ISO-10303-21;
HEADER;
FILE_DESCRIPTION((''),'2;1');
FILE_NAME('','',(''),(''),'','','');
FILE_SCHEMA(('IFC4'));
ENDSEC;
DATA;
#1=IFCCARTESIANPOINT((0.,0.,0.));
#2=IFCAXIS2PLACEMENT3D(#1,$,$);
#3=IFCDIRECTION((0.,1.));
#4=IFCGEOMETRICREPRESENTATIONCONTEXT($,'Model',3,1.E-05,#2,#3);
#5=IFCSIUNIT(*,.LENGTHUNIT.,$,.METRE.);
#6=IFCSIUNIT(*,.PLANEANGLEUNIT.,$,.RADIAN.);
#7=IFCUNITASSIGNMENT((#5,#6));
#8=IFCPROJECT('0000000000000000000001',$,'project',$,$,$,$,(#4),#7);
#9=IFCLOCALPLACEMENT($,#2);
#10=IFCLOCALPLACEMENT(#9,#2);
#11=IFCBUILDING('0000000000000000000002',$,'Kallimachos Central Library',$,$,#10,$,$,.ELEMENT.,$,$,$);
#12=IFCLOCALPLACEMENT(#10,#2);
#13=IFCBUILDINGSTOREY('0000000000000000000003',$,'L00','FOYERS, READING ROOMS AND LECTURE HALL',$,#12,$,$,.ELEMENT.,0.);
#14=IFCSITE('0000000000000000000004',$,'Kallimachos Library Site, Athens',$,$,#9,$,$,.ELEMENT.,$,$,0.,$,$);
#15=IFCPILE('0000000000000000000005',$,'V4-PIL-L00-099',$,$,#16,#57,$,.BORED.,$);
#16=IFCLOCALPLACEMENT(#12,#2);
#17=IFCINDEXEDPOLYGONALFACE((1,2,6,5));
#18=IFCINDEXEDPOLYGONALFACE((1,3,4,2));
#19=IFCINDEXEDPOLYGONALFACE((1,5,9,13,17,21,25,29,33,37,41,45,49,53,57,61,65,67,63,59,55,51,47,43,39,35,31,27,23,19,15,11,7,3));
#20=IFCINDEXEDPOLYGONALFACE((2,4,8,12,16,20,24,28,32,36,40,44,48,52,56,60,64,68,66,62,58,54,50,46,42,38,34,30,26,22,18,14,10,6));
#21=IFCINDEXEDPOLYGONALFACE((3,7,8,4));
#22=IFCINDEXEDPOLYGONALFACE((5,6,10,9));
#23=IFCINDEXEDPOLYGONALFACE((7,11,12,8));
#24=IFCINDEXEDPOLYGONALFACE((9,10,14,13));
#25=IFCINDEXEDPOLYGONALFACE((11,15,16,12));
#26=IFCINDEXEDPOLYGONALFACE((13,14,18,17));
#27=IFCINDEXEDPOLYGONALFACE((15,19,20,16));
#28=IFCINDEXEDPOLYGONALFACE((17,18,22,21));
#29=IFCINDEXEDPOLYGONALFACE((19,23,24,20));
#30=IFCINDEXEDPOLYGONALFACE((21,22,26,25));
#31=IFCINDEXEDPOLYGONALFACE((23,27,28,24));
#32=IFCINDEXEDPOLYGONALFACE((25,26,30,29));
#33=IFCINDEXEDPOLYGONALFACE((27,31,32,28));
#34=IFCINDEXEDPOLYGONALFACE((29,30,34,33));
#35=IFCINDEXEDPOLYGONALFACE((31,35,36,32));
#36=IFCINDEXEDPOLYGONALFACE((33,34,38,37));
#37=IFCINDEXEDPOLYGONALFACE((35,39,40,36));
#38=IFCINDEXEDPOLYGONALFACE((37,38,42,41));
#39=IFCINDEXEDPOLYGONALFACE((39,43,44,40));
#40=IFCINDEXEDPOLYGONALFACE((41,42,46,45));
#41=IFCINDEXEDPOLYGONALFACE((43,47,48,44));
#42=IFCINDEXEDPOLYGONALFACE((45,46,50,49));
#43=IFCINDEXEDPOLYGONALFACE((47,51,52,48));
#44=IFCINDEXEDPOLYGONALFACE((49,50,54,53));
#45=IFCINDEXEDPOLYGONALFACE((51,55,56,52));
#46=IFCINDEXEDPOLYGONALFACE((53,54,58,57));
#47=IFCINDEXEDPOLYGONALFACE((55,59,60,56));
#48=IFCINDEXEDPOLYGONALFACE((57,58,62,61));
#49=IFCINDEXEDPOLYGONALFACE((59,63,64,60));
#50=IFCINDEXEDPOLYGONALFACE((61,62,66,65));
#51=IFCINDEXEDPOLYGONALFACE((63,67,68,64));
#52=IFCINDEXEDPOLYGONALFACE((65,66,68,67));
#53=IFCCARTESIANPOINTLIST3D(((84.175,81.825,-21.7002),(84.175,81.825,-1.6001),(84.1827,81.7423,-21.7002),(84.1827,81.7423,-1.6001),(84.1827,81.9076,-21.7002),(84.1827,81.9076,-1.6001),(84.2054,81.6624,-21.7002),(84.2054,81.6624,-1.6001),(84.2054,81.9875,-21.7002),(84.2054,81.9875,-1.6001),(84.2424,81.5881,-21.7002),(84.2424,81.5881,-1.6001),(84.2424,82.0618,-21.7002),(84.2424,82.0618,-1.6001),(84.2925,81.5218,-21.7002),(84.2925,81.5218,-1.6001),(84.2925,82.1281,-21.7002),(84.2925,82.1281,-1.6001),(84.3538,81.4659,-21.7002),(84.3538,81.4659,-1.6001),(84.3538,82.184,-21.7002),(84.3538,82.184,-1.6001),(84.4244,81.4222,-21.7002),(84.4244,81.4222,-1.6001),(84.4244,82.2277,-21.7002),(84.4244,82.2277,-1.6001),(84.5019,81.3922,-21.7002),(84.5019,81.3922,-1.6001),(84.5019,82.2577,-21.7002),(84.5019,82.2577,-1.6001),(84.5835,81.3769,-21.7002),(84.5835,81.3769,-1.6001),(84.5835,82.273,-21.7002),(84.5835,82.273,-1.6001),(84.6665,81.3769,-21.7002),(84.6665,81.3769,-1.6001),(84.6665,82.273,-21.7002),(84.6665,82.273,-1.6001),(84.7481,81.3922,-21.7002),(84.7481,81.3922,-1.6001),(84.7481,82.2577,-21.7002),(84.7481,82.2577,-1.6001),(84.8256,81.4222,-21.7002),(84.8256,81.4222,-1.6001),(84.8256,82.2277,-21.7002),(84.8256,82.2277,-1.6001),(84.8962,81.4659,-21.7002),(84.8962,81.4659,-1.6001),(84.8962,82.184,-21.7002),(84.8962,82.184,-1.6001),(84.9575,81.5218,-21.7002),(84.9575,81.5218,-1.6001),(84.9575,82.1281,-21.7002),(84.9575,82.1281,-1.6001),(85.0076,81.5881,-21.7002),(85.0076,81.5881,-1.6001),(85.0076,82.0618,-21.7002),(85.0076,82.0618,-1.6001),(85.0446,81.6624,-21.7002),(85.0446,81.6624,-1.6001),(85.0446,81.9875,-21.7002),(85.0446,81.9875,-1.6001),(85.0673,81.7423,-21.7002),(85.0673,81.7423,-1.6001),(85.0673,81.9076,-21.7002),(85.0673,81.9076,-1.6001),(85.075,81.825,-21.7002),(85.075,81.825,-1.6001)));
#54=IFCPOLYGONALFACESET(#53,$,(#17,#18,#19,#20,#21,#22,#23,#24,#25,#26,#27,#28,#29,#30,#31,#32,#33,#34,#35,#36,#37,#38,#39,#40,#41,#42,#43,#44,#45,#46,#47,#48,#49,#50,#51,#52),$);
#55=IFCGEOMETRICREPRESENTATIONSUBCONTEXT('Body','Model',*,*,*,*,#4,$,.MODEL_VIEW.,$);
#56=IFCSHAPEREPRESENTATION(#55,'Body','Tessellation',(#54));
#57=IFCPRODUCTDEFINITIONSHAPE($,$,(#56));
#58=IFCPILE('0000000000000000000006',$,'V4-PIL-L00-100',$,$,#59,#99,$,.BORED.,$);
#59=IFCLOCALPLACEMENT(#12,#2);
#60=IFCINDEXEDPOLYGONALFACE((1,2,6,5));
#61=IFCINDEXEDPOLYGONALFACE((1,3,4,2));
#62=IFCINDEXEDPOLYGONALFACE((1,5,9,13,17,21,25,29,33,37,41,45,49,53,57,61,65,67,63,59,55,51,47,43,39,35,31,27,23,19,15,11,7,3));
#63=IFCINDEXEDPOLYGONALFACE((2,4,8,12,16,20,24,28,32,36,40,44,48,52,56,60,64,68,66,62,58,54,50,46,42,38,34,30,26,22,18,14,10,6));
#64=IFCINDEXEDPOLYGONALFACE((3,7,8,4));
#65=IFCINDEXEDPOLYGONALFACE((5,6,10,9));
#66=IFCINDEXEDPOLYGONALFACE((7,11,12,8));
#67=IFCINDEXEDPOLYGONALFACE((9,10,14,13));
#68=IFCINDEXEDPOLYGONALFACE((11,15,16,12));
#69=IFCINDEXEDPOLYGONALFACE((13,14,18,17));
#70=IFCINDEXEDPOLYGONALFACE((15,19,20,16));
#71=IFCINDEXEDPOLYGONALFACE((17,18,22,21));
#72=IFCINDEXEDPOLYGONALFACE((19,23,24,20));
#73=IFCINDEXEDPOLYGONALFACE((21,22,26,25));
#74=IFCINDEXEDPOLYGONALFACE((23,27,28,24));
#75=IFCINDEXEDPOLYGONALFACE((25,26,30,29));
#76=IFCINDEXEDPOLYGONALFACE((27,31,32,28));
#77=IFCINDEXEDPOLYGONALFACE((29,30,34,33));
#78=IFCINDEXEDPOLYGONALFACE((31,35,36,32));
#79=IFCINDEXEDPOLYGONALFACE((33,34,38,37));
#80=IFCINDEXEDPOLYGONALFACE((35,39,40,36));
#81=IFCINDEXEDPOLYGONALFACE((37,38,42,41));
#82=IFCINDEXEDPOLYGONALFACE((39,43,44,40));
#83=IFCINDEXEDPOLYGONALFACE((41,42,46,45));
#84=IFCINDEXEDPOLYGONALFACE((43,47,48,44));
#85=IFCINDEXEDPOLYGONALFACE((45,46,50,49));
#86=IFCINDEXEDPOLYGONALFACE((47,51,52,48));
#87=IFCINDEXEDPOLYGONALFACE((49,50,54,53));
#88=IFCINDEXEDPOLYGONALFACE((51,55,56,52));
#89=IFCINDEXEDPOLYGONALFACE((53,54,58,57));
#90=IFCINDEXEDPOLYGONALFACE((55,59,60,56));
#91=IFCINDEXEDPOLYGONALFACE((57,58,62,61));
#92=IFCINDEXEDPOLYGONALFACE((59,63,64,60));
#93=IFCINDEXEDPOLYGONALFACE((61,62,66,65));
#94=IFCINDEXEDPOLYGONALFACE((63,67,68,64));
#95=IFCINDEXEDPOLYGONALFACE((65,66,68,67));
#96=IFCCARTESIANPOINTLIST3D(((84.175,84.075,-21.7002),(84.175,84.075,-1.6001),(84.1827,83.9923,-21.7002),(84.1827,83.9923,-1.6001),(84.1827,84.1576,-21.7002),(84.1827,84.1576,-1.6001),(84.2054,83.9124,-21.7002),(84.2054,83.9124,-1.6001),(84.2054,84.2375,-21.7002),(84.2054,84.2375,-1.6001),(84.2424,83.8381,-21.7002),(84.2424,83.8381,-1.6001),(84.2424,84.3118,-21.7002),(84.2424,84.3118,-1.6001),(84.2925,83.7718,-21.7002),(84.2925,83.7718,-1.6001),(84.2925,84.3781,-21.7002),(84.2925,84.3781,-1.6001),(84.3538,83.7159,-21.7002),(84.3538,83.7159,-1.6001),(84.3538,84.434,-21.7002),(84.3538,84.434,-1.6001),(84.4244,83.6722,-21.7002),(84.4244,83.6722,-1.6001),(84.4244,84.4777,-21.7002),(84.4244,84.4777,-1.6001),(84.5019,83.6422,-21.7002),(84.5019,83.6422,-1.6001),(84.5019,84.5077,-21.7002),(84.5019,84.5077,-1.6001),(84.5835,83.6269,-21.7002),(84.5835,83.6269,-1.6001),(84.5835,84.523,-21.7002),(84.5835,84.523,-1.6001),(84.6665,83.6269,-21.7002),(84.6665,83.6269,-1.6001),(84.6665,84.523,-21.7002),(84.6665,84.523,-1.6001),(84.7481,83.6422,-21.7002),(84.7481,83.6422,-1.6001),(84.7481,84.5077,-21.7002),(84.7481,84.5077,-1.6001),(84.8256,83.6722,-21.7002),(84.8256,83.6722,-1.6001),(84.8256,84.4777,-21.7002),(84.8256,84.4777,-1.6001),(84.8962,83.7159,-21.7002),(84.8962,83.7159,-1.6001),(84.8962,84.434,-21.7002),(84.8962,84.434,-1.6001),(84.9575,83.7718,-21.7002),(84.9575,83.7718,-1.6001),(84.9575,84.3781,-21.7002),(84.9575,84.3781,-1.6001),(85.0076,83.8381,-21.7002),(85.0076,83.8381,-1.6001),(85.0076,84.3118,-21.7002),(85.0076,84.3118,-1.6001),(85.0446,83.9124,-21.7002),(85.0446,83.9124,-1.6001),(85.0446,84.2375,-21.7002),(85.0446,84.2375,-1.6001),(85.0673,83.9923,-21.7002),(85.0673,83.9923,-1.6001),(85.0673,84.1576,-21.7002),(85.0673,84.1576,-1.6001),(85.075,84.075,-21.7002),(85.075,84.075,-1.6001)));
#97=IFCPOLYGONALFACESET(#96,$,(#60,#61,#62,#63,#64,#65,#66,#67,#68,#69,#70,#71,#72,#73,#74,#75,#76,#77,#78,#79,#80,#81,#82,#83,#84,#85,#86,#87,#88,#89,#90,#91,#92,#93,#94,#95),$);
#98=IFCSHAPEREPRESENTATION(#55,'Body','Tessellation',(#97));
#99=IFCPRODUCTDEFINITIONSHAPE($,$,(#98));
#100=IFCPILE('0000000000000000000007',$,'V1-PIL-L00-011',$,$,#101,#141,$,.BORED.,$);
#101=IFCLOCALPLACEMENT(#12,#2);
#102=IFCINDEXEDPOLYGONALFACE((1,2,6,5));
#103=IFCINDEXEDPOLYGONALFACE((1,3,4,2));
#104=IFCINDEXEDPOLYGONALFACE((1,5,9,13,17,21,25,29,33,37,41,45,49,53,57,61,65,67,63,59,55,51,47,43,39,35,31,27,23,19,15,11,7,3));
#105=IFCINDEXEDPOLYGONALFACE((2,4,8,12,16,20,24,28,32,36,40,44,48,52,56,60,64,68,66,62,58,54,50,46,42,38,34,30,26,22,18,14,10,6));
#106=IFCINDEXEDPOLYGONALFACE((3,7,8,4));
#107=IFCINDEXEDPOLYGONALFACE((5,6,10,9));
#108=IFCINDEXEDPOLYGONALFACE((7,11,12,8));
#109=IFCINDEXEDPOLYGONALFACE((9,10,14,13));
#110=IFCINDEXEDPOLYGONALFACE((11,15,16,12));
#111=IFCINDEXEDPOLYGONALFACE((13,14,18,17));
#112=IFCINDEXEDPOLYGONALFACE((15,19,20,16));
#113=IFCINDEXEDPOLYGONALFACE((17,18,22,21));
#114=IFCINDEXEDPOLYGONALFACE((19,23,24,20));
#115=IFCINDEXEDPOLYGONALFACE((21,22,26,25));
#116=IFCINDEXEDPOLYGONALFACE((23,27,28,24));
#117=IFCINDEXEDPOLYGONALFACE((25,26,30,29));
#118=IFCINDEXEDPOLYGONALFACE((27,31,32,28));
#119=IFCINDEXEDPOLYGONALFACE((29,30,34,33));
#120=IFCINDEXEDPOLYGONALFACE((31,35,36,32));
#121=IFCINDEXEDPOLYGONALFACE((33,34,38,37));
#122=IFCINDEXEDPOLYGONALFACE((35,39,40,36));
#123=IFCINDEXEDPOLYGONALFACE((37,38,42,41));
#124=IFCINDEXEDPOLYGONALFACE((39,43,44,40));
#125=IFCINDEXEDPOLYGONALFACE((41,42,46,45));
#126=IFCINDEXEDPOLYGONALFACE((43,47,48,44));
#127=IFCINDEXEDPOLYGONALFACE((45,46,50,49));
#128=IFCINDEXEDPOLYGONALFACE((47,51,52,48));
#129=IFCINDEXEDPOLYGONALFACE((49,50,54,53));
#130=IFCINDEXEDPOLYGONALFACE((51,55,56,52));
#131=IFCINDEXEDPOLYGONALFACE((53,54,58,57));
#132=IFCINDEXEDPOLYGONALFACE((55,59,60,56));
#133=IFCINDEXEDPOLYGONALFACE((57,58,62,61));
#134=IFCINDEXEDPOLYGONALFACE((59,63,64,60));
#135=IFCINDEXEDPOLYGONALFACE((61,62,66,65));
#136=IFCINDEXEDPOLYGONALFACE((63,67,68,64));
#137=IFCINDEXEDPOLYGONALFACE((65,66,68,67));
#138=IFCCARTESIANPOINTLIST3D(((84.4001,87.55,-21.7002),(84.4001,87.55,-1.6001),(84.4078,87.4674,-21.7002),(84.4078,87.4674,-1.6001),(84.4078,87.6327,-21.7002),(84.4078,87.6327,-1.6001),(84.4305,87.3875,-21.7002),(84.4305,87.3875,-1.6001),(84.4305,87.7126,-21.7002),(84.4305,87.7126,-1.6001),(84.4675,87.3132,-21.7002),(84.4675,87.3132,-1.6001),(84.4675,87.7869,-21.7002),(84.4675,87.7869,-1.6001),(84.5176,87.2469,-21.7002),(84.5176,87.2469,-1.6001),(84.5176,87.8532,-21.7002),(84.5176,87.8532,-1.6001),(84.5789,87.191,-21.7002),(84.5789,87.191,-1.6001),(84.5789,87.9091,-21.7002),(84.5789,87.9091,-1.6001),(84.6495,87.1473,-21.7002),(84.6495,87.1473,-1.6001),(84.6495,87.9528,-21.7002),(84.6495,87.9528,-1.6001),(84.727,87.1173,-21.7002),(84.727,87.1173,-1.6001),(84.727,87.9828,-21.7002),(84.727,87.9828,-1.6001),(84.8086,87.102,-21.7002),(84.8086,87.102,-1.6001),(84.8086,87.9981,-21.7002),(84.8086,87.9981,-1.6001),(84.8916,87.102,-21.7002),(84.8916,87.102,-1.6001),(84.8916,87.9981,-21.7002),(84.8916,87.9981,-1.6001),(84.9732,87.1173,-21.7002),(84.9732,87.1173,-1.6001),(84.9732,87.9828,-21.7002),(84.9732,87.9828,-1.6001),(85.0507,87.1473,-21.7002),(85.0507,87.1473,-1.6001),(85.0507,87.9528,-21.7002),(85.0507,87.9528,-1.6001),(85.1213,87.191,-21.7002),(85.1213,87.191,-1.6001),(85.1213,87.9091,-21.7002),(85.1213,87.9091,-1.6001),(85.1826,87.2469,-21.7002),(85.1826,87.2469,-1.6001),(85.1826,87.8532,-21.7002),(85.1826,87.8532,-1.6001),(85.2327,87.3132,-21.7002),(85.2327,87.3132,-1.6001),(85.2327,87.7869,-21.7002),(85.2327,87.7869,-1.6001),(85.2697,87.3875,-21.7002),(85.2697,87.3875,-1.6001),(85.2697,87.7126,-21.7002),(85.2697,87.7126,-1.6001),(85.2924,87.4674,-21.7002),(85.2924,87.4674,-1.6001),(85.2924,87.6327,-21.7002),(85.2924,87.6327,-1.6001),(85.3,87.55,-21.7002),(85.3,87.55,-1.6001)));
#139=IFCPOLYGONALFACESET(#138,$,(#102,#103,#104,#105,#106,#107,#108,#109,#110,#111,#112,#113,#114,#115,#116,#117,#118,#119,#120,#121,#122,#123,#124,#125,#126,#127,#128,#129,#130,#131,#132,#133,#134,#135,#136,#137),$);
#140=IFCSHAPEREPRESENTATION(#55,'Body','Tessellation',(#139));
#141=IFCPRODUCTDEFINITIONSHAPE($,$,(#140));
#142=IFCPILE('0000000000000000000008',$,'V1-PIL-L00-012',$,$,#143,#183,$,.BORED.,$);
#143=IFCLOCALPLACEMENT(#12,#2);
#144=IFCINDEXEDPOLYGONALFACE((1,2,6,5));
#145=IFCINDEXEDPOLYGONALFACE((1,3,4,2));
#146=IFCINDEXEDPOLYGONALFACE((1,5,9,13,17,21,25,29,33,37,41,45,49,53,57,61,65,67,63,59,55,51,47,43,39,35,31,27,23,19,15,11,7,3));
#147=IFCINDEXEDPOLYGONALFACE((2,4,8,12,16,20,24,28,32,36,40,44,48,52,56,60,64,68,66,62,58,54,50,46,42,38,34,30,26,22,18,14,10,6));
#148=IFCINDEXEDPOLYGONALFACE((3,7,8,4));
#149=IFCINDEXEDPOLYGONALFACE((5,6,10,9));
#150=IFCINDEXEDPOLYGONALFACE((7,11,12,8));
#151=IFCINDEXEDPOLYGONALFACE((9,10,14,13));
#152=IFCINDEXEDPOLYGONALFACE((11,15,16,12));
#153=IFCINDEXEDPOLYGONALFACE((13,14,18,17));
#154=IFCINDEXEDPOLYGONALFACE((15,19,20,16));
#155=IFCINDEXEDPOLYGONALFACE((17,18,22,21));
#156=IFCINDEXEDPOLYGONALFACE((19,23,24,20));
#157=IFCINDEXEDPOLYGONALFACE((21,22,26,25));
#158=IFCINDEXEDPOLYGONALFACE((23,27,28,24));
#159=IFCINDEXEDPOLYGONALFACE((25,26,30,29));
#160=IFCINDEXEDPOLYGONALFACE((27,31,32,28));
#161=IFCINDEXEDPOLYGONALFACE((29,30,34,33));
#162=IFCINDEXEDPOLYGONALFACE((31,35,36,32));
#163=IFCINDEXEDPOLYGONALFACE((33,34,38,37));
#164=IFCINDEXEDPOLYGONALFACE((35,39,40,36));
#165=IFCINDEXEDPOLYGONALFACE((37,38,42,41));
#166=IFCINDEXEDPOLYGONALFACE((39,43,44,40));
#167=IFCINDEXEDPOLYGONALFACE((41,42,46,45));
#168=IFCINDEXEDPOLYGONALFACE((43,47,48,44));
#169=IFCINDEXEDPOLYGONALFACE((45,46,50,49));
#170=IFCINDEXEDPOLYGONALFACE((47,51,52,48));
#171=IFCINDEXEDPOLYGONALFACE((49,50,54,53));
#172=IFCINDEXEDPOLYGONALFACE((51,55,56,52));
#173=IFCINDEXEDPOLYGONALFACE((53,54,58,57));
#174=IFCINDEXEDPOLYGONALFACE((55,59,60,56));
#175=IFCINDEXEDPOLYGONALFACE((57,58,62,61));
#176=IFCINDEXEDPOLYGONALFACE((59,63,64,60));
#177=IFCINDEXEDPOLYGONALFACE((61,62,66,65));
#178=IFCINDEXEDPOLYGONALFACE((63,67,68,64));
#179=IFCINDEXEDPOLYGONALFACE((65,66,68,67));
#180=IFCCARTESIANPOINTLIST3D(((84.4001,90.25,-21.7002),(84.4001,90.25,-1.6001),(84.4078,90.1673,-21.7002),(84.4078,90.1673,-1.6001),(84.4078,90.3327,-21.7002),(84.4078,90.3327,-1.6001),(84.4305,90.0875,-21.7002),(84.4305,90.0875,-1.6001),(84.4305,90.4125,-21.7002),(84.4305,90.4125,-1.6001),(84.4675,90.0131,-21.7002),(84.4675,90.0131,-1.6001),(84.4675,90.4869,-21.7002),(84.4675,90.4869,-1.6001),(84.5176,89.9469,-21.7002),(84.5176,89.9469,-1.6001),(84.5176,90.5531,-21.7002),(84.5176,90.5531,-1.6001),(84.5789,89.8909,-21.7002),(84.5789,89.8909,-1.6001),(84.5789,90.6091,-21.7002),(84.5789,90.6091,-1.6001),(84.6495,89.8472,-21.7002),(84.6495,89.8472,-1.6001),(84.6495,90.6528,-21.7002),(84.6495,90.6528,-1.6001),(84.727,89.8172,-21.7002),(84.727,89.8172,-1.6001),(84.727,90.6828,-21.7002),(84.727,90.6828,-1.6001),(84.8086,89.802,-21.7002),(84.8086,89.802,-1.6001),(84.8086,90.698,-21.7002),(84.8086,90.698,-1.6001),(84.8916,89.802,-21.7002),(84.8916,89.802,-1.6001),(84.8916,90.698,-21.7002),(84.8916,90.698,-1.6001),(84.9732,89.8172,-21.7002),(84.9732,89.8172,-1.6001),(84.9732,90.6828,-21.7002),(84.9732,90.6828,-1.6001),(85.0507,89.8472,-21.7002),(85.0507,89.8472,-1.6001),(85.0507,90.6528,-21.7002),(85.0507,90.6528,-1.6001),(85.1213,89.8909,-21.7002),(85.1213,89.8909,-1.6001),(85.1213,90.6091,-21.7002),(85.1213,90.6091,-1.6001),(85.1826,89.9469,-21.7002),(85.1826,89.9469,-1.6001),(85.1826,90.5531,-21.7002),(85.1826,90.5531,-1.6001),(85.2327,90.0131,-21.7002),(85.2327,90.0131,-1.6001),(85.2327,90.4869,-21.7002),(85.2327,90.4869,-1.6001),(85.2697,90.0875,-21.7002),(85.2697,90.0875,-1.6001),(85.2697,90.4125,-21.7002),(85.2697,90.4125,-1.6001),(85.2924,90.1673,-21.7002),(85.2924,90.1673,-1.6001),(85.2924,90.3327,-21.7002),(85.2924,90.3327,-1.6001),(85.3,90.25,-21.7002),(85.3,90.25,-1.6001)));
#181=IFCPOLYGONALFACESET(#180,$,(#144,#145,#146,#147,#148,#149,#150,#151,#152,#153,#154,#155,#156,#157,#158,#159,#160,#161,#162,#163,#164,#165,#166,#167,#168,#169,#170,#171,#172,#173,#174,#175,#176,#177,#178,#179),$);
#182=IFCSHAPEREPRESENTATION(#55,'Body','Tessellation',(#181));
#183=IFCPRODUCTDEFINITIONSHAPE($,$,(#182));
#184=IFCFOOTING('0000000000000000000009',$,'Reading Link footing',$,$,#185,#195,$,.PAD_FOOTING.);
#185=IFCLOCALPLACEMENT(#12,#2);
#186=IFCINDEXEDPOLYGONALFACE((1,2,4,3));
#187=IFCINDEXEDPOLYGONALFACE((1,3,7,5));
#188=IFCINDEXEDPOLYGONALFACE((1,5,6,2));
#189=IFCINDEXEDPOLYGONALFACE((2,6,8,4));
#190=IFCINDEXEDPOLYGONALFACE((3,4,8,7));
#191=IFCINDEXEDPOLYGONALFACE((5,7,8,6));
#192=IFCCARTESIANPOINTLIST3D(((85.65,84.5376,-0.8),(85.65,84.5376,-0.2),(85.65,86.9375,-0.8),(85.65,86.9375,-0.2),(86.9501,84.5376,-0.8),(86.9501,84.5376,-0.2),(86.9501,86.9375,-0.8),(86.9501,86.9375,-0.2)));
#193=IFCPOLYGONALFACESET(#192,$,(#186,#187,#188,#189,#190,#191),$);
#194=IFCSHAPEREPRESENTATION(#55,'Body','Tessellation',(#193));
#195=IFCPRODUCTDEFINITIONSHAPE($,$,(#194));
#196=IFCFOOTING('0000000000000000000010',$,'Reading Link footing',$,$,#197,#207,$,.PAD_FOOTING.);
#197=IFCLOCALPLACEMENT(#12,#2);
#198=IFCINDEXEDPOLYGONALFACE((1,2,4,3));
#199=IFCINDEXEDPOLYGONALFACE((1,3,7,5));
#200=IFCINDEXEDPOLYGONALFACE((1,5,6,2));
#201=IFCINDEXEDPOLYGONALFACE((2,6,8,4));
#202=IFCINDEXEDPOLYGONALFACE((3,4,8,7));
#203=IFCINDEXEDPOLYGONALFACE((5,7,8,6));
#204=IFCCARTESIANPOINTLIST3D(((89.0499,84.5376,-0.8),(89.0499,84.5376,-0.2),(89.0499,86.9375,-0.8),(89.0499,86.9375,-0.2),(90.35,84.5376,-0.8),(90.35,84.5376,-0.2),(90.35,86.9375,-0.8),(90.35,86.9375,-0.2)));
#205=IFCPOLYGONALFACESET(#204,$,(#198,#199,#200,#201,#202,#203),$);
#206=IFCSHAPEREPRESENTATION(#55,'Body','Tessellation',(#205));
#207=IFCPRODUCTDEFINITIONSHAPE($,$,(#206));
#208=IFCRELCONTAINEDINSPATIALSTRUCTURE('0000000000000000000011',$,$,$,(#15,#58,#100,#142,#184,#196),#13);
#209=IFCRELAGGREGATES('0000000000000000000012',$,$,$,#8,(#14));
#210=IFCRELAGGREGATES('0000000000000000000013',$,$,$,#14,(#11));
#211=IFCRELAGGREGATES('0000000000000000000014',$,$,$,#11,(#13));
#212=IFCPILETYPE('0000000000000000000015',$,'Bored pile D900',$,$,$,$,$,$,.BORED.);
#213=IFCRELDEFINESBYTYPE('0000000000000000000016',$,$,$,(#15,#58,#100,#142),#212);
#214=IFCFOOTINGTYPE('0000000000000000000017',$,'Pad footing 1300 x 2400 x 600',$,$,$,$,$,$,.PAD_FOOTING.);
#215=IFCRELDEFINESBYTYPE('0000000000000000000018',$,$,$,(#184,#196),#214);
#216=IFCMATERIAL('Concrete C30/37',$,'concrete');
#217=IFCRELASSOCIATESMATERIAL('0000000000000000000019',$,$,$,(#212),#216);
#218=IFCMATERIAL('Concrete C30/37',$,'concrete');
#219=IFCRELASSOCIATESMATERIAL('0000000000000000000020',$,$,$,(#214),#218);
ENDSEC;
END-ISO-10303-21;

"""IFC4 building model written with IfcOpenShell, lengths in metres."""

from ifc_helpers import new_model, si_unit, direction, frame, origin, origin_2d, place, context, subcontext, project, spatial, rectangle, circle, extrude, material, type_object, element, save


model = new_model("IFC4")

# Units and contexts
model_context = context("Model", 3, precision=1e-05, world=origin(), true_north=direction((0.0, 1.0)))
body_context = subcontext(model_context, "Body", "Model", "MODEL_VIEW")
ifc_project = project(units=[si_unit("LENGTHUNIT", "METRE"), si_unit("PLANEANGLEUNIT", "RADIAN")], contexts=[model_context])

# Site, building, storey
site_placement = place(None, origin())
site = spatial("IfcSite", under=ifc_project, at=site_placement, Name="Kallimachos Library Site, Athens", CompositionType="ELEMENT", RefElevation=0.0)
building_placement = place(site_placement, origin())
building = spatial("IfcBuilding", under=site, at=building_placement, Name="Kallimachos Central Library", CompositionType="ELEMENT")
storey_placement = place(building_placement, origin())
storey = spatial("IfcBuildingStorey", under=building, at=storey_placement, Name="L00", Description="FOYERS, READING ROOMS AND LECTURE HALL", CompositionType="ELEMENT", Elevation=0.0)

# Piles
ifc_material_1 = material(Name="Concrete C30/37", Category="concrete")
pile_type = type_object("IfcPileType", Name="Bored pile D900", PredefinedType="BORED", material=ifc_material_1)
for number, where, z_axis, x_axis, name in (
    (1, (84.625, 81.825, -1.6001), (0.0, 0.0, -1.0), (1.0, 0.0, 0.0), "V4-PIL-L00-099"),
    (2, (84.625, 84.075, -1.6001), (0.0, 0.0, -1.0), (1.0, 0.0, 0.0), "V4-PIL-L00-100"),
    (3, (84.8501, 87.55, -1.6001), (0.0, 0.0, -1.0), (1.0, 0.0, 0.0), "V1-PIL-L00-011"),
    (4, (84.8501, 90.25, -1.6001), (0.0, 0.0, -1.0), (1.0, 0.0, 0.0), "V1-PIL-L00-012"),
):
    element("IfcPile", number, at=place(storey_placement, frame(where, z_axis=z_axis, x_axis=x_axis)), inside=storey, type_object=pile_type, Name=name, PredefinedType="BORED", context=body_context, shape_type="SweptSolid", body=[
        extrude(circle(Radius=0.45, at=origin_2d()), origin(), (0.0, 0.0, 1.0), 20.1001),
    ])

# Footings
ifc_material_2 = material(Name="Concrete C30/37", Category="concrete")
footing_type = type_object("IfcFootingType", Name="Pad footing 1300 x 2400 x 600", PredefinedType="PAD_FOOTING", material=ifc_material_2)
for number, where, z_axis, x_axis, name in (
    (5, (86.3, 85.7375, -0.8), (0.0, 0.0, 1.0), (1.0, 0.0, 0.0), "Reading Link footing"),
    (6, (89.7, 85.7375, -0.8), (0.0, 0.0, 1.0), (1.0, 0.0, 0.0), "Reading Link footing"),
):
    element("IfcFooting", number, at=place(storey_placement, frame(where, z_axis=z_axis, x_axis=x_axis)), inside=storey, type_object=footing_type, Name=name, PredefinedType="PAD_FOOTING", context=body_context, shape_type="SweptSolid", body=[
        extrude(rectangle(XDim=1.3, YDim=2.3999, at=origin_2d()), origin(), (0.0, 0.0, 1.0), 0.6001),
    ])

save(model, "model.ifc")
